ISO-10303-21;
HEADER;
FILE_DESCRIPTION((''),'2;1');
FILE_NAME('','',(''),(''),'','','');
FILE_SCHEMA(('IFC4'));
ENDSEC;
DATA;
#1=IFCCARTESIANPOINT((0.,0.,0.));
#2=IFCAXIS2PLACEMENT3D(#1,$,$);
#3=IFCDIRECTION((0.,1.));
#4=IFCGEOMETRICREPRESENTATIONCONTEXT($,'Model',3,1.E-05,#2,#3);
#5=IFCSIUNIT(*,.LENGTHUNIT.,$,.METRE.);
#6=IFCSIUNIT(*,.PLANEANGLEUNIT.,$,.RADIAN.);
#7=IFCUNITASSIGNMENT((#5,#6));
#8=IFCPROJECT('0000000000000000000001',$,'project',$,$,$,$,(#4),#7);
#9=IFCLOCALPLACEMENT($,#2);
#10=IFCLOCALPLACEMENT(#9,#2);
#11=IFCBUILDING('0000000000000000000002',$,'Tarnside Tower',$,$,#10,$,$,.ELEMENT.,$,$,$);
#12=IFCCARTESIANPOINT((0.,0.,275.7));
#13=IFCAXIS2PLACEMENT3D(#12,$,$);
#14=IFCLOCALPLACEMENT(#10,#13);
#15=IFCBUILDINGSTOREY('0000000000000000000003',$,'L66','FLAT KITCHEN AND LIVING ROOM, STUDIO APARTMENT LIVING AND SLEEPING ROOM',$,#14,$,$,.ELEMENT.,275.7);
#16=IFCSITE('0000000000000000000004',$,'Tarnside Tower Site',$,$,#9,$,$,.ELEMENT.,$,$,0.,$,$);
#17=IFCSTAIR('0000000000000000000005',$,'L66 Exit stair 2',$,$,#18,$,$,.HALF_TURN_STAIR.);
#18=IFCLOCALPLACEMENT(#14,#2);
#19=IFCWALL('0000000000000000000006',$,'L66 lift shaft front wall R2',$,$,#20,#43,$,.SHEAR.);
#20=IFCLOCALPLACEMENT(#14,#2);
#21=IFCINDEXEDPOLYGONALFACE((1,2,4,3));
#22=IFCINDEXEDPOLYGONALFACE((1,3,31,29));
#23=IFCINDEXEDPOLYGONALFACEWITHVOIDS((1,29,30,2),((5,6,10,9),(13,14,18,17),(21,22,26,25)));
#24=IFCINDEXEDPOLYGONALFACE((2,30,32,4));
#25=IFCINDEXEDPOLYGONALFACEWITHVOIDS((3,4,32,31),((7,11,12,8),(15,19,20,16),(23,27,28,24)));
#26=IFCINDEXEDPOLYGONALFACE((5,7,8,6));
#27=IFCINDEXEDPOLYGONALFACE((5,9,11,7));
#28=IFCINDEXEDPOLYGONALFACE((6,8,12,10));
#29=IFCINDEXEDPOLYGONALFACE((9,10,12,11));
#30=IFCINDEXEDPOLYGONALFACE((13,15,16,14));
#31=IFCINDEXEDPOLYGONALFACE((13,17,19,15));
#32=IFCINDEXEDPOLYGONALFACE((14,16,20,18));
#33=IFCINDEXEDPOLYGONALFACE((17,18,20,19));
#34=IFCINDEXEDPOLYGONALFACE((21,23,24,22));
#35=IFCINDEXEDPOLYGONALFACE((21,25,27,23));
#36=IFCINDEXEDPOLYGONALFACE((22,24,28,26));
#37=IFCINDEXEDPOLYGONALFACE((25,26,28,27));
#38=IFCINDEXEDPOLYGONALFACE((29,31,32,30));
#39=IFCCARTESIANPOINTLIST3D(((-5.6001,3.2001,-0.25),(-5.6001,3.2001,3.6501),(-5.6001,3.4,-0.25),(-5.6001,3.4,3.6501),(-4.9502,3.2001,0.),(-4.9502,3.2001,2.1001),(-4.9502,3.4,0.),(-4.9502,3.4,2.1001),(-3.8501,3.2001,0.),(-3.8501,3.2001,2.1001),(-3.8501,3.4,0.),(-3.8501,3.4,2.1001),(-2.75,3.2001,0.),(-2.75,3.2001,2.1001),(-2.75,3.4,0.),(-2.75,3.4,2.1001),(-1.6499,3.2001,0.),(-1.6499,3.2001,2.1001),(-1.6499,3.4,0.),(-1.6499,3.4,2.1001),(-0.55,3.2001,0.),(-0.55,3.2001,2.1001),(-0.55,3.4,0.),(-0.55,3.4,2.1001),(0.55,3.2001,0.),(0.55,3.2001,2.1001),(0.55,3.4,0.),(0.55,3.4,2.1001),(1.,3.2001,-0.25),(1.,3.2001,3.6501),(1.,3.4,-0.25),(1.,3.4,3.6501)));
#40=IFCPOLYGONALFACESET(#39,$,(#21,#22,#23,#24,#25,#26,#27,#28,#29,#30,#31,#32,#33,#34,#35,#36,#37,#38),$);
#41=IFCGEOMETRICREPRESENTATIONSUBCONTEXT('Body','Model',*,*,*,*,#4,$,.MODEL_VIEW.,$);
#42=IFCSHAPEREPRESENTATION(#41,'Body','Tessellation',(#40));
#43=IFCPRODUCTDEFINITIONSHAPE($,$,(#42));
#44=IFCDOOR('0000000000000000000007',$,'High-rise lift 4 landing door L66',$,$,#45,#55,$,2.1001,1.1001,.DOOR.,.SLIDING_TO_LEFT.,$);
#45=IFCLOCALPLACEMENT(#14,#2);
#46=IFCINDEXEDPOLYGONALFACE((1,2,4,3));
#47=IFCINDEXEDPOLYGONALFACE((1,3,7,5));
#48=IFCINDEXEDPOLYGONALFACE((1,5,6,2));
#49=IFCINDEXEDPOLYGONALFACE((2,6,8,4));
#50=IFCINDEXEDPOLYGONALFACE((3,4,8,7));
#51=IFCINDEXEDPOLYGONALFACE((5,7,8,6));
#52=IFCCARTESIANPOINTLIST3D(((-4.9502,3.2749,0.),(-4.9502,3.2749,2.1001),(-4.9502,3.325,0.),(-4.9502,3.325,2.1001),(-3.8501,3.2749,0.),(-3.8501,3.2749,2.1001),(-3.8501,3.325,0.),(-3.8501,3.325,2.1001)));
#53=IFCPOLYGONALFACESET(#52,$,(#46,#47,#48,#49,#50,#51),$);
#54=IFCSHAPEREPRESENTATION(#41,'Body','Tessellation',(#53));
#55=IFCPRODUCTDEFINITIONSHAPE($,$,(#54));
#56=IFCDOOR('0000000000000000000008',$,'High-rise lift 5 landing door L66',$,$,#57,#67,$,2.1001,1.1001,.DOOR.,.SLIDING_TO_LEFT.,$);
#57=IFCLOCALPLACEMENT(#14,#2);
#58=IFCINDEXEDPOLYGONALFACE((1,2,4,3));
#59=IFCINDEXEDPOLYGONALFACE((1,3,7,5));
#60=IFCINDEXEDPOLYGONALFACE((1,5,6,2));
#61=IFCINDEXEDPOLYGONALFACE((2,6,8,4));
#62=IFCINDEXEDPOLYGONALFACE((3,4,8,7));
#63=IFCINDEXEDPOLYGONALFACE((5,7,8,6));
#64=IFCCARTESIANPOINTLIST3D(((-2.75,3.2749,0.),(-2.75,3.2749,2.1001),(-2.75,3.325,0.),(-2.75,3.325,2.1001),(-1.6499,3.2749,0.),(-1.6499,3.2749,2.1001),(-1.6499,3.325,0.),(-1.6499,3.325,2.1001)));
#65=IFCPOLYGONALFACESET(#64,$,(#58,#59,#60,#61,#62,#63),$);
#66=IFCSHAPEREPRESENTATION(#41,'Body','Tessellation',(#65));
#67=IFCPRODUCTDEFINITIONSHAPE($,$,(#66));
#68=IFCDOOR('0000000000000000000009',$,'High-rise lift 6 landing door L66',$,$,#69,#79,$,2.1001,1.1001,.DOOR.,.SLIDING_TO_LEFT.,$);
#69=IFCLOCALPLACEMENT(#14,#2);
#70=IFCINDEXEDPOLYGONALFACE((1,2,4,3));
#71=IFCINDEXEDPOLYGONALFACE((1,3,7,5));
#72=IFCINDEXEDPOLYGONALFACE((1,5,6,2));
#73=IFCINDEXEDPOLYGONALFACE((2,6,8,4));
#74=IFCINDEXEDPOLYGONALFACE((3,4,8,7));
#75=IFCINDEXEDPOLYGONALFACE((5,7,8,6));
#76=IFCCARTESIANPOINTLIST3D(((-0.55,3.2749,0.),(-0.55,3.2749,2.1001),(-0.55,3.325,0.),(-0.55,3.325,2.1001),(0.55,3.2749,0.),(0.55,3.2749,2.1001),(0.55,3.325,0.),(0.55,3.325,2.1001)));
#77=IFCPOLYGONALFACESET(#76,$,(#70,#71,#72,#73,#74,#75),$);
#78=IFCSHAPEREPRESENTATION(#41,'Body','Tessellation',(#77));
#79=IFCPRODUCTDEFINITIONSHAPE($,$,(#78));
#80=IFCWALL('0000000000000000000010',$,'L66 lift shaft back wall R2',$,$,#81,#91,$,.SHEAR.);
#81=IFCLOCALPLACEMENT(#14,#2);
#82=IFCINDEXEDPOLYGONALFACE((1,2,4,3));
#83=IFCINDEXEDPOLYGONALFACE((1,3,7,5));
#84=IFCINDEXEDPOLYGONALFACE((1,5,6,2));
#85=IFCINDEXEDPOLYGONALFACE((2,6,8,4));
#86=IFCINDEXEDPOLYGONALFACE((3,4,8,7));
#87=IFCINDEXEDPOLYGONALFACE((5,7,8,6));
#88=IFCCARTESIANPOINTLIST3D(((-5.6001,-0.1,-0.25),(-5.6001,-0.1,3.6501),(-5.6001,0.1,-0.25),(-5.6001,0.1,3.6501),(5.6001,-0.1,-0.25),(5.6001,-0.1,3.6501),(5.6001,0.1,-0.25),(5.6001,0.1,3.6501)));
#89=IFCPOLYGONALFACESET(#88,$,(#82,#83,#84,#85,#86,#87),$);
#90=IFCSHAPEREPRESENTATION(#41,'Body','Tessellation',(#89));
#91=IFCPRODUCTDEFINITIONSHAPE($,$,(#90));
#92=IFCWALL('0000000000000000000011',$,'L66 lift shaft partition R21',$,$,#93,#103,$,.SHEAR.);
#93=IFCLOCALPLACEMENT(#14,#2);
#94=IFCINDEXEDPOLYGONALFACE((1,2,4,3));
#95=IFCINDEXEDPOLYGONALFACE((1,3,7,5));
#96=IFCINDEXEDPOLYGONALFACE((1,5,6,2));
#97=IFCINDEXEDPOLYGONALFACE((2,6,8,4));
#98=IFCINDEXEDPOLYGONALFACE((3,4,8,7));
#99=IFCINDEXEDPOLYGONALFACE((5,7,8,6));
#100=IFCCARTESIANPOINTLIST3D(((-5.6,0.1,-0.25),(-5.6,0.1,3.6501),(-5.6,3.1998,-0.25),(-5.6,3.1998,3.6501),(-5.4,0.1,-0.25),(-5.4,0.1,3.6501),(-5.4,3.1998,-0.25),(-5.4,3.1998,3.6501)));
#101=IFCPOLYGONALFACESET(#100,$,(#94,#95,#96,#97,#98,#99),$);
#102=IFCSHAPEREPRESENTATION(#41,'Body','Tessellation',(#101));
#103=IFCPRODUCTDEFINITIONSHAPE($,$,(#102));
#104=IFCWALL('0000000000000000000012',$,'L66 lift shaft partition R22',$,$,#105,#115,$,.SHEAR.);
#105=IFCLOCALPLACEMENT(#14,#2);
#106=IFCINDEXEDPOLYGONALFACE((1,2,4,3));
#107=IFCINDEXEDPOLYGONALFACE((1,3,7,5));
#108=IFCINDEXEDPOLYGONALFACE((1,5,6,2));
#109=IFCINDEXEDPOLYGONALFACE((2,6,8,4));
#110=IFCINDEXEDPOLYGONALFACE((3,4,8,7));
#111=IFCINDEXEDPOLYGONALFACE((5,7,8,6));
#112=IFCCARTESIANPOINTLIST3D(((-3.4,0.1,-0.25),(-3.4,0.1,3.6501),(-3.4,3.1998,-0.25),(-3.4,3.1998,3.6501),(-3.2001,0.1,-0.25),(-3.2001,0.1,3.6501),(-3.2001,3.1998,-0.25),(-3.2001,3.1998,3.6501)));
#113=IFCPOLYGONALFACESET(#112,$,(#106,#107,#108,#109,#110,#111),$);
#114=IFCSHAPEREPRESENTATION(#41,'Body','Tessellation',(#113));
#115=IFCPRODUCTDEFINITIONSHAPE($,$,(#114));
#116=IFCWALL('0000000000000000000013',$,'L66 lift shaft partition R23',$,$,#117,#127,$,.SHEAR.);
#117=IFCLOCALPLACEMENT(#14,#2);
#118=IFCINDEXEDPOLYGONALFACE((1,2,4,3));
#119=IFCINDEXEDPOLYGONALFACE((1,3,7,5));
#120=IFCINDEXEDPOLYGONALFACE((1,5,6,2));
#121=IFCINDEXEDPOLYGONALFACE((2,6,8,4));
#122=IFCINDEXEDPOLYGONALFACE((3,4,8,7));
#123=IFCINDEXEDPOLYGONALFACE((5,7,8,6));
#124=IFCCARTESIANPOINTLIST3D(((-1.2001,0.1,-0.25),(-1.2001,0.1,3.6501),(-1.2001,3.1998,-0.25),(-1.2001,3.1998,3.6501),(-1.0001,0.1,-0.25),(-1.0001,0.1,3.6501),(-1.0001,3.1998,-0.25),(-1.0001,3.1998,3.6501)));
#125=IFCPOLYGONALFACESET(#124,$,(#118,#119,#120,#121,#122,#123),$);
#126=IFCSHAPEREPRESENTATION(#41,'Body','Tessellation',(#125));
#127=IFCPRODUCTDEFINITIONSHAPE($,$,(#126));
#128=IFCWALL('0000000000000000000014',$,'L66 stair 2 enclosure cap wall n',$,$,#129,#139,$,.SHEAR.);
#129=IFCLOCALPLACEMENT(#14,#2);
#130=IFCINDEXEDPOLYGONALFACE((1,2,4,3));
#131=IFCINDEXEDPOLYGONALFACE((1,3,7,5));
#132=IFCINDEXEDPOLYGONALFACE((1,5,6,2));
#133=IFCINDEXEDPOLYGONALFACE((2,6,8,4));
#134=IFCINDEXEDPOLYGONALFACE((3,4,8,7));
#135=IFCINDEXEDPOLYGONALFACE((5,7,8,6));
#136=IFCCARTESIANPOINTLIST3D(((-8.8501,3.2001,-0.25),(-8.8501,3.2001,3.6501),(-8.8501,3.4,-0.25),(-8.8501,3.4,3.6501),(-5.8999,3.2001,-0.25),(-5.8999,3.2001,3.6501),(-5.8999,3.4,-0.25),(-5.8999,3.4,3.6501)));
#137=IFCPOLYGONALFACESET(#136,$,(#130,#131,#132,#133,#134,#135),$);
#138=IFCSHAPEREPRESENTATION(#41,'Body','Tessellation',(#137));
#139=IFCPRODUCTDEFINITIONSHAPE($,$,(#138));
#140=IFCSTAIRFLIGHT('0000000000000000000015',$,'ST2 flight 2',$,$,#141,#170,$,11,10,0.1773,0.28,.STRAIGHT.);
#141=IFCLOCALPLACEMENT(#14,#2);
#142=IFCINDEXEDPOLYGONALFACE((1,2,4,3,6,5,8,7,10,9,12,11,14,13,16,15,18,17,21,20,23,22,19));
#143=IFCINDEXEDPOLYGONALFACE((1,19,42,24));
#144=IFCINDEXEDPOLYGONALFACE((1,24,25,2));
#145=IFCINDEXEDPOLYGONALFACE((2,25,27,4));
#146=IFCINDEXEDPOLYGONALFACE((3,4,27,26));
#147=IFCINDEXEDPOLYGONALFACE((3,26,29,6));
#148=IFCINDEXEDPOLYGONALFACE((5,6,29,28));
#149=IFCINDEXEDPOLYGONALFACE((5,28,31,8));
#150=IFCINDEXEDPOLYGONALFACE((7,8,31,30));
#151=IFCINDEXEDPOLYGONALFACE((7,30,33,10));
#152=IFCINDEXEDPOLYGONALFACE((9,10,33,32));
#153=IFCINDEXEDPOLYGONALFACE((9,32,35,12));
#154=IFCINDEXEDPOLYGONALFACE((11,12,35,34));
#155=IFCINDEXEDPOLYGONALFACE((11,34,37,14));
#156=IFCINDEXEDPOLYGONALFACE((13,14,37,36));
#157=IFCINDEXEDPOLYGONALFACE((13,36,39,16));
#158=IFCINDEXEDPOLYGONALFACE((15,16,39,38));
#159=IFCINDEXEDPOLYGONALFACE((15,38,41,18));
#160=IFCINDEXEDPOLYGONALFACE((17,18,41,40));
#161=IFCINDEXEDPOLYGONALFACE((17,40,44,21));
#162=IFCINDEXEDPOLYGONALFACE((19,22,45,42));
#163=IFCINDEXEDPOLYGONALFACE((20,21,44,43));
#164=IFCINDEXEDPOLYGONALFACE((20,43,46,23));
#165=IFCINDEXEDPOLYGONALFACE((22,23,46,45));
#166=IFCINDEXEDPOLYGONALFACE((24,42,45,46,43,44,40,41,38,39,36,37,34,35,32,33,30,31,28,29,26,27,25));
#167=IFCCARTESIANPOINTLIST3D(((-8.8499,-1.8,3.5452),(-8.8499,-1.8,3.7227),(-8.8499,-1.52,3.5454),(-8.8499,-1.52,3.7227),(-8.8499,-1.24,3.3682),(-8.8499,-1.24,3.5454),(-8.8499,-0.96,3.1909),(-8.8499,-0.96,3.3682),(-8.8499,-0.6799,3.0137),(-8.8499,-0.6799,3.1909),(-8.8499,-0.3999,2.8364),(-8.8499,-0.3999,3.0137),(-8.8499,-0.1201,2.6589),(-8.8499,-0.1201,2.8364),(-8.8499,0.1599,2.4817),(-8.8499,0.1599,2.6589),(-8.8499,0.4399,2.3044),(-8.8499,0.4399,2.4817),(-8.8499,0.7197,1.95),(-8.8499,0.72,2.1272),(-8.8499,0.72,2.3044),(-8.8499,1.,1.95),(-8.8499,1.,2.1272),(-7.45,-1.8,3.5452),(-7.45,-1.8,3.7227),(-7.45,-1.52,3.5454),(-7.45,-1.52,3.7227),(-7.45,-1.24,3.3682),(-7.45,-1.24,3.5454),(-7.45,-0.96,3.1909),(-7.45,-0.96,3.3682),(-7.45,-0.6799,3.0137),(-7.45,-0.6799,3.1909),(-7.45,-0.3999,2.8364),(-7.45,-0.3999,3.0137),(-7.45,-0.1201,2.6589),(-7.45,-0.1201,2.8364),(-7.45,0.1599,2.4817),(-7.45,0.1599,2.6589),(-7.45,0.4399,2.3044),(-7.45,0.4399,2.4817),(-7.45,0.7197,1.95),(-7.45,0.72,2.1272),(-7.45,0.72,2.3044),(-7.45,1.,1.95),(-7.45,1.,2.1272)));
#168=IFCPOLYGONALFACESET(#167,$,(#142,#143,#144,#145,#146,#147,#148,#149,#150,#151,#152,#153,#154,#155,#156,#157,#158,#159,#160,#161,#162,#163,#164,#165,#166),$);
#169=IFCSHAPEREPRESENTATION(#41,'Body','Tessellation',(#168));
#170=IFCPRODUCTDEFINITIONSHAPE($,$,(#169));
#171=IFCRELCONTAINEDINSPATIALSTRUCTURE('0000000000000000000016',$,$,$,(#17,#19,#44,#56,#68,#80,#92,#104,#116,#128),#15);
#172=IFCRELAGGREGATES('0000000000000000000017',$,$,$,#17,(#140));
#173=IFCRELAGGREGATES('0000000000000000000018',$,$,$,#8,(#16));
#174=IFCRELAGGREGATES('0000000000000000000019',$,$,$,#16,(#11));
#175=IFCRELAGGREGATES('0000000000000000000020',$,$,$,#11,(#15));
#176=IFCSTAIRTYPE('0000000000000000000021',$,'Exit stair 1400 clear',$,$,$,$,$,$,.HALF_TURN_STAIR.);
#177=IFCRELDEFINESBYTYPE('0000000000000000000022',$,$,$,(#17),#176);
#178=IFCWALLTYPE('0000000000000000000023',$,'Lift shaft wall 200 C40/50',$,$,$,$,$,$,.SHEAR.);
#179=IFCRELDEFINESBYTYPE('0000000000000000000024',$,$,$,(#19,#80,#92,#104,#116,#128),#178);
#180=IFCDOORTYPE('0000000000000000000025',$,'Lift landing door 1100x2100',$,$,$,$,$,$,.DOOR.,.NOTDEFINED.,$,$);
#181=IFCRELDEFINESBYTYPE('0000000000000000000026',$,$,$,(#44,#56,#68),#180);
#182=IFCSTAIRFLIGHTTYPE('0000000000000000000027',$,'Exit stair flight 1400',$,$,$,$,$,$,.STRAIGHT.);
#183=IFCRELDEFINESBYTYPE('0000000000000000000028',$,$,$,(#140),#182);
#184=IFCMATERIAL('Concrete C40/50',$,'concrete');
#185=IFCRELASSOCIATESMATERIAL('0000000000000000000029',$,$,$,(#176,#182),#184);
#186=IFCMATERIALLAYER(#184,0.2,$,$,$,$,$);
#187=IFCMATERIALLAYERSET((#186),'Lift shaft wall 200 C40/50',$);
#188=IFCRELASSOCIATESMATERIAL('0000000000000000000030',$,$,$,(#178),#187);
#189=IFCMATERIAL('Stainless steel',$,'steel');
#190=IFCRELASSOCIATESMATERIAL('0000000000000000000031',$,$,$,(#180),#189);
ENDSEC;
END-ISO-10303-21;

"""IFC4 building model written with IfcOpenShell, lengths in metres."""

from ifc_helpers import new_model, si_unit, direction, frame, frame_2d, origin, place, context, subcontext, project, spatial, polyline, rectangle, outline, extrude, material, layer, layer_set, type_object, element, fill, aggregate, save


model = new_model("IFC4")

# Units and contexts
model_context = context("Model", 3, precision=1e-05, world=origin(), true_north=direction((0.0, 1.0)))
body_context = subcontext(model_context, "Body", "Model", "MODEL_VIEW")
ifc_project = project(units=[si_unit("LENGTHUNIT", "METRE"), si_unit("PLANEANGLEUNIT", "RADIAN")], contexts=[model_context])

# Site, building, storey
site_placement = place(None, origin())
site = spatial("IfcSite", under=ifc_project, at=site_placement, Name="Tarnside Tower Site", CompositionType="ELEMENT", RefElevation=0.0)
building_placement = place(site_placement, origin())
building = spatial("IfcBuilding", under=site, at=building_placement, Name="Tarnside Tower", CompositionType="ELEMENT")
storey_placement = place(building_placement, frame((0.0, 0.0, 275.7)))
storey = spatial("IfcBuildingStorey", under=building, at=storey_placement, Name="L66", Description="FLAT KITCHEN AND LIVING ROOM, STUDIO APARTMENT LIVING AND SLEEPING ROOM", CompositionType="ELEMENT", Elevation=275.7)

# Shared definitions
ifc_material_1 = material(Name="Concrete C40/50", Category="concrete")

# Stair
stair_type = type_object("IfcStairType", Name="Exit stair 1400 clear", PredefinedType="HALF_TURN_STAIR", material=ifc_material_1)
stair_1_placement = place(storey_placement, origin())
stair_1 = element("IfcStair", 1, at=stair_1_placement, inside=storey, type_object=stair_type, Name="L66 Exit stair 2", PredefinedType="HALF_TURN_STAIR")

# Wall, openings, doors
ifc_layer_1 = layer(ifc_material_1, 0.2)
ifc_layer_set_1 = layer_set([ifc_layer_1], Name="Lift shaft wall 200 C40/50")
wall_type_1 = type_object("IfcWallType", Name="Lift shaft wall 200 C40/50", PredefinedType="SHEAR", material=ifc_layer_set_1)
ifc_material_2 = material(Name="Stainless steel", Category="steel")
door_type_1 = type_object("IfcDoorType", Name="Lift landing door 1100x2100", OperationType="NOTDEFINED", PredefinedType="DOOR", material=ifc_material_2)
wall_1_placement = place(storey_placement, frame((-5.6001, 3.3, -0.25), z_axis=(0.0, 0.0, 1.0), x_axis=(1.0, 0.0, 0.0)))
wall_1 = element("IfcWall", 2, at=wall_1_placement, inside=storey, type_object=wall_type_1, Name="L66 lift shaft front wall R2", PredefinedType="SHEAR", context=body_context, shape_type="SweptSolid", body=[
    extrude(rectangle(XDim=6.6001, YDim=0.2, at=frame_2d((3.3, 0.0))), origin(), (0.0, 0.0, 1.0), 3.9001),
])
opening_1_placement = place(wall_1_placement, frame((0.6499, 0.0, 0.25)))
opening_1 = element("IfcOpeningElement", 3, at=opening_1_placement, cuts=wall_1, PredefinedType="OPENING", context=body_context, shape_type="SweptSolid", body=[
    extrude(rectangle(XDim=1.1001, YDim=2.1001, at=frame_2d((0.55, 1.05))), frame((0.0, 0.1099, 0.0), z_axis=(0.0, -1.0, 0.0), x_axis=(1.0, 0.0, 0.0)), (0.0, 0.0, 1.0), 0.22),
])
opening_2_placement = place(wall_1_placement, frame((2.8501, 0.0, 0.25)))
opening_2 = element("IfcOpeningElement", 4, at=opening_2_placement, cuts=wall_1, PredefinedType="OPENING", context=body_context, shape_type="SweptSolid", body=[
    extrude(rectangle(XDim=1.1001, YDim=2.1001, at=frame_2d((0.55, 1.05))), frame((0.0, 0.1099, 0.0), z_axis=(0.0, -1.0, 0.0), x_axis=(1.0, 0.0, 0.0)), (0.0, 0.0, 1.0), 0.22),
])
opening_3_placement = place(wall_1_placement, frame((5.05, 0.0, 0.25)))
opening_3 = element("IfcOpeningElement", 5, at=opening_3_placement, cuts=wall_1, PredefinedType="OPENING", context=body_context, shape_type="SweptSolid", body=[
    extrude(rectangle(XDim=1.1001, YDim=2.1001, at=frame_2d((0.55, 1.05))), frame((0.0, 0.1099, 0.0), z_axis=(0.0, -1.0, 0.0), x_axis=(1.0, 0.0, 0.0)), (0.0, 0.0, 1.0), 0.22),
])
door_1_placement = place(opening_1_placement, origin())
door_1 = element("IfcDoor", 6, at=door_1_placement, inside=storey, type_object=door_type_1, Name="High-rise lift 4 landing door L66", OperationType="SLIDING_TO_LEFT", OverallHeight=2.1001, OverallWidth=1.1001, PredefinedType="DOOR", context=body_context, shape_type="SweptSolid", body=[
    extrude(rectangle(XDim=1.1001, YDim=2.1001, at=frame_2d((0.55, 1.05))), frame((0.0, 0.0249, 0.0), z_axis=(0.0, -1.0, 0.0), x_axis=(1.0, 0.0, 0.0)), (0.0, 0.0, 1.0), 0.05),
])
fill(opening_1, door_1)
door_2_placement = place(opening_2_placement, origin())
door_2 = element("IfcDoor", 7, at=door_2_placement, inside=storey, type_object=door_type_1, Name="High-rise lift 5 landing door L66", OperationType="SLIDING_TO_LEFT", OverallHeight=2.1001, OverallWidth=1.1001, PredefinedType="DOOR", context=body_context, shape_type="SweptSolid", body=[
    extrude(rectangle(XDim=1.1001, YDim=2.1001, at=frame_2d((0.55, 1.05))), frame((0.0, 0.0249, 0.0), z_axis=(0.0, -1.0, 0.0), x_axis=(1.0, 0.0, 0.0)), (0.0, 0.0, 1.0), 0.05),
])
fill(opening_2, door_2)
door_3_placement = place(opening_3_placement, origin())
door_3 = element("IfcDoor", 8, at=door_3_placement, inside=storey, type_object=door_type_1, Name="High-rise lift 6 landing door L66", OperationType="SLIDING_TO_LEFT", OverallHeight=2.1001, OverallWidth=1.1001, PredefinedType="DOOR", context=body_context, shape_type="SweptSolid", body=[
    extrude(rectangle(XDim=1.1001, YDim=2.1001, at=frame_2d((0.55, 1.05))), frame((0.0, 0.0249, 0.0), z_axis=(0.0, -1.0, 0.0), x_axis=(1.0, 0.0, 0.0)), (0.0, 0.0, 1.0), 0.05),
])
fill(opening_3, door_3)

# Walls
wall_2_placement = place(storey_placement, frame((-5.6001, 0.0, -0.25), z_axis=(0.0, 0.0, 1.0), x_axis=(1.0, 0.0, 0.0)))
element("IfcWall", 9, at=wall_2_placement, inside=storey, type_object=wall_type_1, Name="L66 lift shaft back wall R2", PredefinedType="SHEAR", context=body_context, shape_type="SweptSolid", body=[
    extrude(rectangle(XDim=11.2002, YDim=0.2, at=frame_2d((5.6001, 0.0))), origin(), (0.0, 0.0, 1.0), 3.9001),
])
for number, where, z_axis, x_axis, name in (
    (10, (-5.5, 0.1001, -0.25), (0.0, 0.0, 1.0), (0.0, 1.0, 0.0), "L66 lift shaft partition R21"),
    (11, (-3.3, 0.1001, -0.25), (0.0, 0.0, 1.0), (0.0, 1.0, 0.0), "L66 lift shaft partition R22"),
    (12, (-1.1001, 0.1001, -0.25), (0.0, 0.0, 1.0), (0.0, 1.0, 0.0), "L66 lift shaft partition R23"),
):
    element("IfcWall", number, at=place(storey_placement, frame(where, z_axis=z_axis, x_axis=x_axis)), inside=storey, type_object=wall_type_1, Name=name, PredefinedType="SHEAR", context=body_context, shape_type="SweptSolid", body=[
        extrude(rectangle(XDim=3.0999, YDim=0.2, at=frame_2d((1.5498, 0.0))), origin(), (0.0, 0.0, 1.0), 3.9001),
    ])
wall_3_placement = place(storey_placement, frame((-8.8501, 3.3, -0.25), z_axis=(0.0, 0.0, 1.0), x_axis=(1.0, 0.0, 0.0)))
element("IfcWall", 13, at=wall_3_placement, inside=storey, type_object=wall_type_1, Name="L66 stair 2 enclosure cap wall n", PredefinedType="SHEAR", context=body_context, shape_type="SweptSolid", body=[
    extrude(rectangle(XDim=2.9502, YDim=0.2, at=frame_2d((1.4751, 0.0))), origin(), (0.0, 0.0, 1.0), 3.9001),
])

# Stair flight
stair_flight_type = type_object("IfcStairFlightType", Name="Exit stair flight 1400", PredefinedType="STRAIGHT", material=ifc_material_1)
stair_flight_placement = place(storey_placement, frame((-8.1499, 1.0, 1.95), z_axis=(0.0, 0.0, 1.0), x_axis=(0.0, -1.0, 0.0)))
stair_flight = element("IfcStairFlight", 14, at=stair_flight_placement, type_object=stair_flight_type, Name="ST2 flight 2", NumberOfRisers=11, NumberOfTreads=10, PredefinedType="STRAIGHT", RiserHeight=0.1773, TreadLength=0.28, context=body_context, shape_type="SweptSolid", body=[
    extrude(outline(polyline([(0.0, 0.0), (0.0, 0.1772), (0.28, 0.1772), (0.28, 0.3545), (0.5601, 0.3545), (0.5601, 0.5317), (0.8401, 0.5317), (0.8401, 0.709), (1.1201, 0.709), (1.1201, 0.8865), (1.3999, 0.8865), (1.3999, 1.0637), (1.6799, 1.0637), (1.6799, 1.241), (1.96, 1.241), (1.96, 1.4182), (2.24, 1.4182), (2.24, 1.5955), (2.52, 1.5955), (2.52, 1.7727), (2.8, 1.7727), (2.8, 1.95), (2.8, 1.5952), (0.2803, 0.0), (0.0, 0.0)])), frame((0.0, 0.7, 0.0), z_axis=(0.0, -1.0, 0.0), x_axis=(1.0, 0.0, 0.0)), (0.0, 0.0, 1.0), 1.3999),
])
aggregate(stair_1, [stair_flight])

save(model, "model.ifc")
